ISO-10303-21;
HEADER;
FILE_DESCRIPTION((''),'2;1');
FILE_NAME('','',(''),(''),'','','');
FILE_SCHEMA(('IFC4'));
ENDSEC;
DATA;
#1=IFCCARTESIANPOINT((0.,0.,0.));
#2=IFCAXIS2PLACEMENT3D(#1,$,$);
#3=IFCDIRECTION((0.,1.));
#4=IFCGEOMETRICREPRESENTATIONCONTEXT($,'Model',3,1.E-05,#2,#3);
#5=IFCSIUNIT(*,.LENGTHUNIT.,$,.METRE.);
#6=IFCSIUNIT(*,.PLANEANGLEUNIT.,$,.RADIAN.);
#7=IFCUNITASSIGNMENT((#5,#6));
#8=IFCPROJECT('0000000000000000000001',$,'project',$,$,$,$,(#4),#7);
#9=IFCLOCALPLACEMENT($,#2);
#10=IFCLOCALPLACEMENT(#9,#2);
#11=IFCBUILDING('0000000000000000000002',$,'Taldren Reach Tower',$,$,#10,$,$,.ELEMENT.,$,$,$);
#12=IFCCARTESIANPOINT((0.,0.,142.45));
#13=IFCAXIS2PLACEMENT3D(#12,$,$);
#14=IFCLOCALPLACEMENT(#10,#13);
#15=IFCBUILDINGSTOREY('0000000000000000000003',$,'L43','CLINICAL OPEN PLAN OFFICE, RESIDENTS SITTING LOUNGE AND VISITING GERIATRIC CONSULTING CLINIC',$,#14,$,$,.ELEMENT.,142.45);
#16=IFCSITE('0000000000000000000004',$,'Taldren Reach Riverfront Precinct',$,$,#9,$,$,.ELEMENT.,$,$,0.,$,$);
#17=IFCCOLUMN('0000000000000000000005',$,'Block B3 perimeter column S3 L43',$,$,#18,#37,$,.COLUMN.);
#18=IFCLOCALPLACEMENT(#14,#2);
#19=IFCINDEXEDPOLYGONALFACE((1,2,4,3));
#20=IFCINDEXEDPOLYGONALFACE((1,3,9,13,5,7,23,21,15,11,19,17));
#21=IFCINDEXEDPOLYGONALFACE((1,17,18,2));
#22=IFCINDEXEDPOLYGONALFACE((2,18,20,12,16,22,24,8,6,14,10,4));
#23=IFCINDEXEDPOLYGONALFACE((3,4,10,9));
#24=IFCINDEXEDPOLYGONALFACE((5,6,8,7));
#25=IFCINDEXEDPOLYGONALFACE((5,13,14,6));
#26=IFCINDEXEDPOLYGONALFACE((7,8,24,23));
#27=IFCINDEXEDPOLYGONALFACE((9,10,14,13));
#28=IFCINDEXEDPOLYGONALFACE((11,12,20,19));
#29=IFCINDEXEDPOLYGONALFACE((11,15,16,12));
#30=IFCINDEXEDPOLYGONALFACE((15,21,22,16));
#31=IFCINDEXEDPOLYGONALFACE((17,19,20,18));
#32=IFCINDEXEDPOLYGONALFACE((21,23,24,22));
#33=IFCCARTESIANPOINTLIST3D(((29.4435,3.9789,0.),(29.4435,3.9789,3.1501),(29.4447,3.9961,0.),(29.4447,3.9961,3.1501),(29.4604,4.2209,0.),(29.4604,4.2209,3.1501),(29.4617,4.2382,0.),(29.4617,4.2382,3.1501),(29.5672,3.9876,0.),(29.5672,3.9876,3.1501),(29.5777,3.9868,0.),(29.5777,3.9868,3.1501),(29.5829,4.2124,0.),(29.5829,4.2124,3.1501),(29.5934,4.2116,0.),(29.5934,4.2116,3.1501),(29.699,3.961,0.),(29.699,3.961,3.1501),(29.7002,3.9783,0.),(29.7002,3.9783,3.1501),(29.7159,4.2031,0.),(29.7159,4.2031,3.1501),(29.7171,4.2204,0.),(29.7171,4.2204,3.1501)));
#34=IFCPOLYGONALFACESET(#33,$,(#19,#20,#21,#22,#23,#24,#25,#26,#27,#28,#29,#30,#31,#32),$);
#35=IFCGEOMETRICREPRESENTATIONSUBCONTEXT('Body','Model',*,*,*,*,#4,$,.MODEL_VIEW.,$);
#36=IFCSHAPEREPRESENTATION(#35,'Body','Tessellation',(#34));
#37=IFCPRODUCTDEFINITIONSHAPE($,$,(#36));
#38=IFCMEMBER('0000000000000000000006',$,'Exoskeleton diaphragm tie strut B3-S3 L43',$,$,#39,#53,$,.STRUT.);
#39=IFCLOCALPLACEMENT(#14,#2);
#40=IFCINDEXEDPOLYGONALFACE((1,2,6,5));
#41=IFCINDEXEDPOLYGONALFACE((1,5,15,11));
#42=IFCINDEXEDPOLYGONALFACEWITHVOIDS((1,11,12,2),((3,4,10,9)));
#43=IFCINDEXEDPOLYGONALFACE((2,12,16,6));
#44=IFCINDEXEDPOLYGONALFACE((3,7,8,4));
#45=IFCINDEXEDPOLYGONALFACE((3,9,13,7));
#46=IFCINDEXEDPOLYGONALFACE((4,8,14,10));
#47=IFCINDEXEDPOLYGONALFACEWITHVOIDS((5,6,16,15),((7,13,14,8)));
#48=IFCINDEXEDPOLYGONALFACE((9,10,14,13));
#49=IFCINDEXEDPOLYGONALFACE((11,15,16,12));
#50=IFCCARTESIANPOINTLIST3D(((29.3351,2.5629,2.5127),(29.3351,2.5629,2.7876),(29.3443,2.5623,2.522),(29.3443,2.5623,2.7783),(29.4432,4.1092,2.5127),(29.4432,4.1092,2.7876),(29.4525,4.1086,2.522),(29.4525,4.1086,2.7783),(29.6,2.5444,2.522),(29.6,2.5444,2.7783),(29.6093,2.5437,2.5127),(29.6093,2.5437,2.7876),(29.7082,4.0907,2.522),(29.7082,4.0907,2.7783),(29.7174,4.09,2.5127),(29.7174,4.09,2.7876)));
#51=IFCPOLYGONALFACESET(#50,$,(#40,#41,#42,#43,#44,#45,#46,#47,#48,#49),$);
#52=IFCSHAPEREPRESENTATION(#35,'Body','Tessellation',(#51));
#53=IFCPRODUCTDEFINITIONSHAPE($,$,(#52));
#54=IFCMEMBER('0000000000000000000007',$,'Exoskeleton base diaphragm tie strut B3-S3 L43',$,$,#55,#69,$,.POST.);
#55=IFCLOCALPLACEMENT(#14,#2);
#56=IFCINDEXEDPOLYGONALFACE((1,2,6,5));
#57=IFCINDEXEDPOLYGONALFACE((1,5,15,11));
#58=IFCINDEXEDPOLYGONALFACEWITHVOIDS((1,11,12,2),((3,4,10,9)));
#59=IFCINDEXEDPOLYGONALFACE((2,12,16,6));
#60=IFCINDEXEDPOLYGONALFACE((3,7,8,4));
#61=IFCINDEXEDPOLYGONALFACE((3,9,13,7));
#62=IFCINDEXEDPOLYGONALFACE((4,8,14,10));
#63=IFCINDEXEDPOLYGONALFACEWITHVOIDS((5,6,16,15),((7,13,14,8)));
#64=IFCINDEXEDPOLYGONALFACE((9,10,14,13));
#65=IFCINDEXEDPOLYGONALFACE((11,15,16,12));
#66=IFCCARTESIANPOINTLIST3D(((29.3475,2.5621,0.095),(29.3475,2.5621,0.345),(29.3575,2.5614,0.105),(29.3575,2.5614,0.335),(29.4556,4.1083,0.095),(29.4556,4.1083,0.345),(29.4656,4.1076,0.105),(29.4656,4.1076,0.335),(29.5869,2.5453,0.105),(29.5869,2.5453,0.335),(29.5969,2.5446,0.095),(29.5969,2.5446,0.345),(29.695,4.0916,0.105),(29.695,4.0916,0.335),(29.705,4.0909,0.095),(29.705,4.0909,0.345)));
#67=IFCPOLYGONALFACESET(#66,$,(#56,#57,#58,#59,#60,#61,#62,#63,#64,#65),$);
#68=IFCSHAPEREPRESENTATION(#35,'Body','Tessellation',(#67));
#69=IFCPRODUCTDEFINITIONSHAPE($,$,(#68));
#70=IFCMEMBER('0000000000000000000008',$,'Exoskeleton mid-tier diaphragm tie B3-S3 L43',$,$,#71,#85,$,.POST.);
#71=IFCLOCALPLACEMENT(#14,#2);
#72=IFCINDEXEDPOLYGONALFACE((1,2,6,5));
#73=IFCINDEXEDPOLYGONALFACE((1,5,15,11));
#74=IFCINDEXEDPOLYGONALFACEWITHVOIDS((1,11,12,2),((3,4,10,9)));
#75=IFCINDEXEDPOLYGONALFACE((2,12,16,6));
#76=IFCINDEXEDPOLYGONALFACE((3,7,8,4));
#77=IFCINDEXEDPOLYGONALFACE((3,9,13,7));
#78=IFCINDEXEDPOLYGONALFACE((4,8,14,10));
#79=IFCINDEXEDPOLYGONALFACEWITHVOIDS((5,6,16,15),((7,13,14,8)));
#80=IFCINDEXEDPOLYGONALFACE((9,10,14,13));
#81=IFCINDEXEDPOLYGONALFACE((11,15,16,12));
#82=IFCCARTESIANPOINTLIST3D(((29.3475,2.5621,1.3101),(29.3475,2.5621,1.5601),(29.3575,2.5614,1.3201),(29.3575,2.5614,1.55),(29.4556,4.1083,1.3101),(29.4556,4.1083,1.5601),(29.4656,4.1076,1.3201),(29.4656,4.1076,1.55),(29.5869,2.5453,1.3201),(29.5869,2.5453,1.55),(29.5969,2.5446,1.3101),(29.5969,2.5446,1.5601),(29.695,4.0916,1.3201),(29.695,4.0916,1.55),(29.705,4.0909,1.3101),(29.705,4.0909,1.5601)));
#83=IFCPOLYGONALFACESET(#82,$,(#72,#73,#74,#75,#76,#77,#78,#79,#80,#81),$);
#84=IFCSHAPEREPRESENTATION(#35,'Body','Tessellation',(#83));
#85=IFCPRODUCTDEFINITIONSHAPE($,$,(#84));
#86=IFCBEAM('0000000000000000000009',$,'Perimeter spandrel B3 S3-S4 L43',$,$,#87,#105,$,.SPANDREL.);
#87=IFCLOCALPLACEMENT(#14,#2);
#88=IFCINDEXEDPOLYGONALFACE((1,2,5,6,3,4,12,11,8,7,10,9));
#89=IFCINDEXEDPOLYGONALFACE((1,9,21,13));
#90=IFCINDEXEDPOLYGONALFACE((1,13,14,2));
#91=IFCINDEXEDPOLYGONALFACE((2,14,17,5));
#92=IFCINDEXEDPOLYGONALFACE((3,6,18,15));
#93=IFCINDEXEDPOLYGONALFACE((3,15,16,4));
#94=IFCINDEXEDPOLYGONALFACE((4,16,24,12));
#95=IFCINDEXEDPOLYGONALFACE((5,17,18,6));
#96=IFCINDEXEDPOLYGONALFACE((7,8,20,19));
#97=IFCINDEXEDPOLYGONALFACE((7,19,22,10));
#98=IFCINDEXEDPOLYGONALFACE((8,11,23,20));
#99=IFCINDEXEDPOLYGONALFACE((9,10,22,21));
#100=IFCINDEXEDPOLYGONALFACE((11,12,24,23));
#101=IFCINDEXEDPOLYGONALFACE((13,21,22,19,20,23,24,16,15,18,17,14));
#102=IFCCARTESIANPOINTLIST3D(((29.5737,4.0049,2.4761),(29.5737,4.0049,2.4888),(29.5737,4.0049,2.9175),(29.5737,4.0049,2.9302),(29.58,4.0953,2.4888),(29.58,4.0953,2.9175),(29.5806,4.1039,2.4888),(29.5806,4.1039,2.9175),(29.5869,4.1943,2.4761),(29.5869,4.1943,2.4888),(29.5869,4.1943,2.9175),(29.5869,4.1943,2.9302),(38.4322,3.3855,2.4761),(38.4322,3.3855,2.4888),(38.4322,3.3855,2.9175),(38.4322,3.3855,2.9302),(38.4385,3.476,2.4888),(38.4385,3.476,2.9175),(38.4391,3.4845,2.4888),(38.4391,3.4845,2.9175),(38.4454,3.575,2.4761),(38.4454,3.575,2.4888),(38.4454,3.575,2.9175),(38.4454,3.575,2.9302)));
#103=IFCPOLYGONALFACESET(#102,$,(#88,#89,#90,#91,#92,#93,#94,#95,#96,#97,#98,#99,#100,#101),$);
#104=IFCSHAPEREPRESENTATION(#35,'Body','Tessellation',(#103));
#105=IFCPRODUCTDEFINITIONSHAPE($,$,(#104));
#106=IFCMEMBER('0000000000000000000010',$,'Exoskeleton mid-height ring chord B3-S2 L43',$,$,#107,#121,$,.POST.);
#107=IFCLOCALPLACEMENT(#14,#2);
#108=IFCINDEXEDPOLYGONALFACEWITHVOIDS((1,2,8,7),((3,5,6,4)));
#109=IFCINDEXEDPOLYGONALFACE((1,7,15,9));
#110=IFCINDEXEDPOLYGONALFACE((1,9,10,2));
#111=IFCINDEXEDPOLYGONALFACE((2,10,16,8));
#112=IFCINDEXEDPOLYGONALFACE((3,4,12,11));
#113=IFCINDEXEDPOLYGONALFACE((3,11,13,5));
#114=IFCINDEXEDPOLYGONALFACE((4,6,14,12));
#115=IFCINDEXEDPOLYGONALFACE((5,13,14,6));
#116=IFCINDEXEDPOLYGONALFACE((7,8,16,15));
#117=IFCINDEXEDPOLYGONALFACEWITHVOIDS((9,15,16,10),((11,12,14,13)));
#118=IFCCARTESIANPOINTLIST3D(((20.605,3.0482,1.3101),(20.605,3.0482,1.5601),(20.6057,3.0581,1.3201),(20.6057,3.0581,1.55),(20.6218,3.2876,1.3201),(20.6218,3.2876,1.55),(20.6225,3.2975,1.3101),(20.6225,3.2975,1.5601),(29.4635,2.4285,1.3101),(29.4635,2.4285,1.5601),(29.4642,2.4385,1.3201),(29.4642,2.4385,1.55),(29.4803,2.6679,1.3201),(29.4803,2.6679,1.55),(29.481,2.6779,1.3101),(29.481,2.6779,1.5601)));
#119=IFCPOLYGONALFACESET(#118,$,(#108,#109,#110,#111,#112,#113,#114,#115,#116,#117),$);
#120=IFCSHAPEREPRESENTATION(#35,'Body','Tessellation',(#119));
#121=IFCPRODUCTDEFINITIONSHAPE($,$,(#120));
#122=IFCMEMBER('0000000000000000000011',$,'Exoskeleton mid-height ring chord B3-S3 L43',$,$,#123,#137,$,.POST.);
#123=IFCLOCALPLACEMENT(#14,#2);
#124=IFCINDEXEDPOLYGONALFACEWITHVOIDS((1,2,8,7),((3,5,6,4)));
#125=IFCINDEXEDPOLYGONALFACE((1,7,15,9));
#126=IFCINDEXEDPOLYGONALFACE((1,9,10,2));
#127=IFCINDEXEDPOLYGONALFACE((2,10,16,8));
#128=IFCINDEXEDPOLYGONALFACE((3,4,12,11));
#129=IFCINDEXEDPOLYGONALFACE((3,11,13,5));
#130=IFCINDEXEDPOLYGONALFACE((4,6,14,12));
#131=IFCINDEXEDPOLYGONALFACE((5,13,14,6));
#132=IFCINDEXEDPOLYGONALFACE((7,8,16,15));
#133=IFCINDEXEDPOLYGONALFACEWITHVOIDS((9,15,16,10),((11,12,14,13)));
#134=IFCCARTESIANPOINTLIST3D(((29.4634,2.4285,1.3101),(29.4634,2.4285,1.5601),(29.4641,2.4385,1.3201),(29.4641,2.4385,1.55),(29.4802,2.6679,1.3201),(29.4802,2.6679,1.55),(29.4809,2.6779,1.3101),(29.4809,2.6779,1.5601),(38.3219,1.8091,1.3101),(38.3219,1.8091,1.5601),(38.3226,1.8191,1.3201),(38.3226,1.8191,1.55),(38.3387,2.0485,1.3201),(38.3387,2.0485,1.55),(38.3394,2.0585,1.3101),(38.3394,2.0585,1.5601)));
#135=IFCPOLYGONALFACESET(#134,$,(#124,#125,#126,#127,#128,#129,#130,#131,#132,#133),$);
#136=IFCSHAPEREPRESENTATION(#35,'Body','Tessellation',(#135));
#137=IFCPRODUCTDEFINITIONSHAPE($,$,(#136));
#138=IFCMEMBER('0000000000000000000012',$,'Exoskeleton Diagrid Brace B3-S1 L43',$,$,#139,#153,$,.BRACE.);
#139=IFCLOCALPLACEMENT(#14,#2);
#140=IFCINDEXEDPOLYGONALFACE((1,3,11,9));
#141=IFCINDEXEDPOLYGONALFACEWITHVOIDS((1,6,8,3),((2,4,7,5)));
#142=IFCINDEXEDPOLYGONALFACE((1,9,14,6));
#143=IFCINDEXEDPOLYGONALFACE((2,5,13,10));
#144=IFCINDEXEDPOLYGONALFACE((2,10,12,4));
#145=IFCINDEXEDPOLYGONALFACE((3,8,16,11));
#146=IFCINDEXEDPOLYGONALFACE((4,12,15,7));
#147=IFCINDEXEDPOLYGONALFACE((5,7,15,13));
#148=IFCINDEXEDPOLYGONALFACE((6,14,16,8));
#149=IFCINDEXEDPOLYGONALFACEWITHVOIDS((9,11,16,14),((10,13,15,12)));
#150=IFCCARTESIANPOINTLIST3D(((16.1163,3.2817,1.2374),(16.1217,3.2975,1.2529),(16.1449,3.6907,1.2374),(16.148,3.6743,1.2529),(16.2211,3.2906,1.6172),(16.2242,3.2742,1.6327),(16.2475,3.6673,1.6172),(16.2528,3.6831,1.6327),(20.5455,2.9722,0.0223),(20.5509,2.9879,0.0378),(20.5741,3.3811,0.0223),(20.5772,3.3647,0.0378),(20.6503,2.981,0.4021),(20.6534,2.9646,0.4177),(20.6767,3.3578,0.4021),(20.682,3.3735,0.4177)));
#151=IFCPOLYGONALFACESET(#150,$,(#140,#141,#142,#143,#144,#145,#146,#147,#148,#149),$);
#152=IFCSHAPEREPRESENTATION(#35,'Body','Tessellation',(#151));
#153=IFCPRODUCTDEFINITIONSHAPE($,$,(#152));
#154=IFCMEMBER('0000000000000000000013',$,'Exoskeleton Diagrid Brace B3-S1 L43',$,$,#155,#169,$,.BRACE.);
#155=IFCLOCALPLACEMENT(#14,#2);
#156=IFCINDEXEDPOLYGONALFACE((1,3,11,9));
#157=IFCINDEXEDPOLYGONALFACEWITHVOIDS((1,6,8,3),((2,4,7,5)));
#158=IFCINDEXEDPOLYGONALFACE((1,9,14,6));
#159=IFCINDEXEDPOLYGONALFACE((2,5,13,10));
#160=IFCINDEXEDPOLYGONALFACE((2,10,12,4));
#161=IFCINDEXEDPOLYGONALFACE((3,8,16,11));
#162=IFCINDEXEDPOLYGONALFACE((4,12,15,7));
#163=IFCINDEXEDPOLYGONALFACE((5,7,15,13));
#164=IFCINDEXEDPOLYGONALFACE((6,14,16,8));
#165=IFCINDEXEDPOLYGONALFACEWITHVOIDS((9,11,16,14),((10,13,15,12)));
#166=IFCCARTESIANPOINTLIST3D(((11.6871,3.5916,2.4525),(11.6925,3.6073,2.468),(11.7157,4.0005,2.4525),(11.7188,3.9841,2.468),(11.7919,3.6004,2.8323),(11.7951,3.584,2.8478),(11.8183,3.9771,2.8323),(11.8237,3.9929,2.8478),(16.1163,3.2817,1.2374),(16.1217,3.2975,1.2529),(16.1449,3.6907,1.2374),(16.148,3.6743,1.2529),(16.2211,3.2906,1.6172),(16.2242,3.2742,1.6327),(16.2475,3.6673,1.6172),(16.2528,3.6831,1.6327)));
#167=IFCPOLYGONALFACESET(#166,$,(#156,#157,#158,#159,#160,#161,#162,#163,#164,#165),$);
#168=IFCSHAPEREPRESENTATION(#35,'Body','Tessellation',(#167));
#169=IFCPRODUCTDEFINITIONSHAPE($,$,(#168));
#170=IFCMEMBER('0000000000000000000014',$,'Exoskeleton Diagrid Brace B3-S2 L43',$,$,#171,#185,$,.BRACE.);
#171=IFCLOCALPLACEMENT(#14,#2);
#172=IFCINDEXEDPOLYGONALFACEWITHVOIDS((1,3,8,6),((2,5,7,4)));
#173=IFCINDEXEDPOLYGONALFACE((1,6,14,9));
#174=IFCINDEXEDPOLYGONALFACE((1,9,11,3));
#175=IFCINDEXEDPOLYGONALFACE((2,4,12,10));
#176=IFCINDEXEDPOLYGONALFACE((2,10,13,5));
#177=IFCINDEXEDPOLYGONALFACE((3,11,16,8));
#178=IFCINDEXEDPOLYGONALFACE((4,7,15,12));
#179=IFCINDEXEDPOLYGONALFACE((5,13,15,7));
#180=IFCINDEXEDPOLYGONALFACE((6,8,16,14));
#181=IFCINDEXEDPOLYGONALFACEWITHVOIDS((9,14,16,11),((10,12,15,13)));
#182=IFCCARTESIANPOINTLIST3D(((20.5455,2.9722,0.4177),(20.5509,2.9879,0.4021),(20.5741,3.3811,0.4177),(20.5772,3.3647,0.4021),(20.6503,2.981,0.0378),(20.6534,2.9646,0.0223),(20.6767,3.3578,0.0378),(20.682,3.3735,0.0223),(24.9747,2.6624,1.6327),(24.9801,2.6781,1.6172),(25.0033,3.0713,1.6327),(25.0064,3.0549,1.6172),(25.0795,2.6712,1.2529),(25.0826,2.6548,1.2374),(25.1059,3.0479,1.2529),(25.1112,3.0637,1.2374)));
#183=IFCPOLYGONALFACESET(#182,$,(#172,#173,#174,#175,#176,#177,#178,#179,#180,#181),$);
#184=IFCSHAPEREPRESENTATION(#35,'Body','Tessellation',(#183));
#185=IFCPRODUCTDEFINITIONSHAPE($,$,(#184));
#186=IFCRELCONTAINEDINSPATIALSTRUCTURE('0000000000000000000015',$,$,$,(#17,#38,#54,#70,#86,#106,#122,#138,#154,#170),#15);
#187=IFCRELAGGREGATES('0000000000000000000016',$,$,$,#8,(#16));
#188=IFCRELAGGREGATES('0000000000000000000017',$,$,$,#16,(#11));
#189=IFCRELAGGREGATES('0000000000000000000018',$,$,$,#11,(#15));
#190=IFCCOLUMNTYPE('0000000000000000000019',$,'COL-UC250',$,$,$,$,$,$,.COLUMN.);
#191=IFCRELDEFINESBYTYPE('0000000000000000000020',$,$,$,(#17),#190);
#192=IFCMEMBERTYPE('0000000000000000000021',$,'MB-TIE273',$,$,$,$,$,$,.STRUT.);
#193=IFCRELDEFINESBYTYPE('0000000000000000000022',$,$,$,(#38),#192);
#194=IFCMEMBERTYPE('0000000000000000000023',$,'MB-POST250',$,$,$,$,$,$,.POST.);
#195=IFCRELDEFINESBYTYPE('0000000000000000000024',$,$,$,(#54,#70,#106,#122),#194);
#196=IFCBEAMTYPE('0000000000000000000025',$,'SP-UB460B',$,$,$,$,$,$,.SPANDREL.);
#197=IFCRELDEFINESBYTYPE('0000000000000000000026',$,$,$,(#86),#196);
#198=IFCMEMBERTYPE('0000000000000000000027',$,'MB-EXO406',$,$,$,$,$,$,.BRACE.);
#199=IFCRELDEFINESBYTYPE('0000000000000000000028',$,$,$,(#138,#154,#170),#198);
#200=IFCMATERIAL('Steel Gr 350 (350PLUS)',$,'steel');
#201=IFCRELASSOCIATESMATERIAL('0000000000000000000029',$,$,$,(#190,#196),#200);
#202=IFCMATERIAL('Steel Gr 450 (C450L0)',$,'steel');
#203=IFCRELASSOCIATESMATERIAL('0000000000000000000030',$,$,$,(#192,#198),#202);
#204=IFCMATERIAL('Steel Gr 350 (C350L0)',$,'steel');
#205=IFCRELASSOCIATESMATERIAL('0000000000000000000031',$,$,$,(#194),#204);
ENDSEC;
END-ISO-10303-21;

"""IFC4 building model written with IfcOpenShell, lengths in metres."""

from ifc_helpers import new_model, si_unit, direction, frame, origin, origin_2d, place, context, subcontext, project, spatial, hollow_rectangle, i_section, extrude, source, transform, mapped, material, material_profile, profile_set, type_object, element, save


model = new_model("IFC4")

# Units and contexts
model_context = context("Model", 3, precision=1e-05, world=origin(), true_north=direction((0.0, 1.0)))
body_context = subcontext(model_context, "Body", "Model", "MODEL_VIEW")
ifc_project = project(units=[si_unit("LENGTHUNIT", "METRE"), si_unit("PLANEANGLEUNIT", "RADIAN")], contexts=[model_context])

# Site, building, storey
site_placement = place(None, origin())
site = spatial("IfcSite", under=ifc_project, at=site_placement, Name="Taldren Reach Riverfront Precinct", CompositionType="ELEMENT", RefElevation=0.0)
building_placement = place(site_placement, origin())
building = spatial("IfcBuilding", under=site, at=building_placement, Name="Taldren Reach Tower", CompositionType="ELEMENT")
storey_placement = place(building_placement, frame((0.0, 0.0, 142.45)))
storey = spatial("IfcBuildingStorey", under=building, at=storey_placement, Name="L43", Description="CLINICAL OPEN PLAN OFFICE, RESIDENTS SITTING LOUNGE AND VISITING GERIATRIC CONSULTING CLINIC", CompositionType="ELEMENT", Elevation=142.45)

# Column
ifc_material_1 = material(Name="Steel Gr 350 (350PLUS)", Category="steel")
ifc_material_profile_1 = material_profile(ifc_material_1, i_section(OverallWidth=0.2561, OverallDepth=0.26, WebThickness=0.0105, FlangeThickness=0.0173, at=origin_2d()), Name="250UC89.5")
ifc_profile_set_1 = profile_set([ifc_material_profile_1], Name="Steel Gr 350 (350PLUS)")
column_type = type_object("IfcColumnType", Name="COL-UC250", PredefinedType="COLUMN", material=ifc_profile_set_1)
shared_shape_1 = source(origin(), body_context, "Body", "SweptSolid", [
    extrude(i_section(OverallWidth=0.2561, OverallDepth=0.26, WebThickness=0.0105, FlangeThickness=0.0173, at=origin_2d()), origin(), (0.0, 0.0, 1.0), 3.1501),
])
column_placement = place(storey_placement, frame((29.5803, 4.0996, 0.0), z_axis=(0.0, 0.0, 1.0), x_axis=(0.997564, -0.069756, 0.0)))
element("IfcColumn", 1, at=column_placement, inside=storey, type_object=column_type, Name="Block B3 perimeter column S3 L43", PredefinedType="COLUMN", context=body_context, shape_type="MappedRepresentation", body=[
    mapped(shared_shape_1, transform((0.0, 0.0, 0.0), scale=1.0)),
])

# Members
ifc_material_2 = material(Name="Steel Gr 450 (C450L0)", Category="steel")
ifc_material_profile_2 = material_profile(ifc_material_2, hollow_rectangle(XDim=0.2749, YDim=0.2749, WallThickness=0.0093, at=origin_2d()), Name="275x275x9.3SHS")
ifc_profile_set_2 = profile_set([ifc_material_profile_2], Name="Steel Gr 450 (C450L0)")
member_type_1 = type_object("IfcMemberType", Name="MB-TIE273", PredefinedType="STRUT", material=ifc_profile_set_2)
shared_shape_2 = source(origin(), body_context, "Body", "SweptSolid", [
    extrude(hollow_rectangle(XDim=0.2749, YDim=0.2749, WallThickness=0.0093, at=origin_2d()), origin(), (0.0, 0.0, 1.0), 1.55),
])
member_1_placement = place(storey_placement, frame((29.5803, 4.0996, 2.6501), z_axis=(-0.06977, -0.997563, 0.0), x_axis=(0.997563, -0.06977, 0.0)))
element("IfcMember", 2, at=member_1_placement, inside=storey, type_object=member_type_1, Name="Exoskeleton diaphragm tie strut B3-S3 L43", PredefinedType="STRUT", context=body_context, shape_type="MappedRepresentation", body=[
    mapped(shared_shape_2, transform((0.0, 0.0, 0.0), scale=1.0)),
])
ifc_material_3 = material(Name="Steel Gr 350 (C350L0)", Category="steel")
ifc_material_profile_3 = material_profile(ifc_material_3, hollow_rectangle(XDim=0.25, YDim=0.25, WallThickness=0.01, at=origin_2d()), Name="250x250x10.0SHS")
ifc_profile_set_3 = profile_set([ifc_material_profile_3], Name="Steel Gr 350 (C350L0)")
member_type_2 = type_object("IfcMemberType", Name="MB-POST250", PredefinedType="POST", material=ifc_profile_set_3)
shared_shape_3 = source(origin(), body_context, "Body", "SweptSolid", [
    extrude(hollow_rectangle(XDim=0.25, YDim=0.25, WallThickness=0.01, at=origin_2d()), origin(), (0.0, 0.0, 1.0), 1.55),
])
for number, where, z_axis, x_axis, name in (
    (3, (29.5803, 4.0996, 0.22), (-0.06977, -0.997563, 0.0), (0.997563, -0.06977, 0.0), "Exoskeleton base diaphragm tie strut B3-S3 L43"),
    (4, (29.5803, 4.0996, 1.4351), (-0.06977, -0.997563, 0.0), (0.997563, -0.06977, 0.0), "Exoskeleton mid-tier diaphragm tie B3-S3 L43"),
):
    element("IfcMember", number, at=place(storey_placement, frame(where, z_axis=z_axis, x_axis=x_axis)), inside=storey, type_object=member_type_2, Name=name, PredefinedType="POST", context=body_context, shape_type="MappedRepresentation", body=[
        mapped(shared_shape_3, transform((0.0, 0.0, 0.0), scale=1.0)),
    ])

# Beam
ifc_material_profile_4 = material_profile(ifc_material_1, i_section(OverallWidth=0.1899, OverallDepth=0.4541, WebThickness=0.0085, FlangeThickness=0.0127, at=origin_2d()), Name="460UB67.1")
ifc_profile_set_4 = profile_set([ifc_material_profile_4], Name="Steel Gr 350 (350PLUS)")
beam_type = type_object("IfcBeamType", Name="SP-UB460B", PredefinedType="SPANDREL", material=ifc_profile_set_4)
shared_shape_4 = source(origin(), body_context, "Body", "SweptSolid", [
    extrude(i_section(OverallWidth=0.1899, OverallDepth=0.4541, WebThickness=0.0085, FlangeThickness=0.0127, at=origin_2d()), origin(), (0.0, 0.0, 1.0), 8.8801),
])
beam_placement = place(storey_placement, frame((29.5803, 4.0996, 2.7031), z_axis=(0.997564, -0.06975, 0.0), x_axis=(0.06975, 0.997564, 0.0)))
element("IfcBeam", 5, at=beam_placement, inside=storey, type_object=beam_type, Name="Perimeter spandrel B3 S3-S4 L43", PredefinedType="SPANDREL", context=body_context, shape_type="MappedRepresentation", body=[
    mapped(shared_shape_4, transform((0.0, 0.0, 0.0), scale=1.0)),
])

# Members
shared_shape_5 = source(origin(), body_context, "Body", "SweptSolid", [
    extrude(hollow_rectangle(XDim=0.25, YDim=0.25, WallThickness=0.01, at=origin_2d()), origin(), (0.0, 0.0, 1.0), 8.8801),
])
for number, where, z_axis, x_axis, name in (
    (6, (20.6138, 3.1729, 1.4351), (0.997563, -0.069778, 0.0), (0.069778, 0.997563, 0.0), "Exoskeleton mid-height ring chord B3-S2 L43"),
    (7, (29.4722, 2.5532, 1.4351), (0.997564, -0.06975, 0.0), (0.06975, 0.997564, 0.0), "Exoskeleton mid-height ring chord B3-S3 L43"),
):
    element("IfcMember", number, at=place(storey_placement, frame(where, z_axis=z_axis, x_axis=x_axis)), inside=storey, type_object=member_type_2, Name=name, PredefinedType="POST", context=body_context, shape_type="MappedRepresentation", body=[
        mapped(shared_shape_5, transform((0.0, 0.0, 0.0), scale=1.0)),
    ])
ifc_material_profile_5 = material_profile(ifc_material_2, hollow_rectangle(XDim=0.4099, YDim=0.4099, WallThickness=0.0161, at=origin_2d()), Name="410x410x16.0SHS")
ifc_profile_set_5 = profile_set([ifc_material_profile_5], Name="Steel Gr 450 (C450L0)")
member_type_3 = type_object("IfcMemberType", Name="MB-EXO406", PredefinedType="BRACE", material=ifc_profile_set_5)
shared_shape_6 = source(origin(), body_context, "Body", "SweptSolid", [
    extrude(hollow_rectangle(XDim=0.4099, YDim=0.4099, WallThickness=0.0161, at=origin_2d()), origin(), (0.0, 0.0, 1.0), 4.6033),
])
for number, where, z_axis, x_axis, name in (
    (8, (20.6138, 3.1729, 0.22), (-0.962186, 0.06725, 0.263962), (-0.069723, -0.997566, 0.0), "Exoskeleton Diagrid Brace B3-S1 L43"),
    (9, (16.1846, 3.4824, 1.4351), (-0.962182, 0.067303, 0.263961), (-0.069778, -0.997563, 0.0), "Exoskeleton Diagrid Brace B3-S1 L43"),
    (10, (20.6138, 3.1729, 0.22), (0.962182, -0.067303, 0.263961), (0.069778, 0.997563, 0.0), "Exoskeleton Diagrid Brace B3-S2 L43"),
):
    element("IfcMember", number, at=place(storey_placement, frame(where, z_axis=z_axis, x_axis=x_axis)), inside=storey, type_object=member_type_3, Name=name, PredefinedType="BRACE", context=body_context, shape_type="MappedRepresentation", body=[
        mapped(shared_shape_6, transform((0.0, 0.0, 0.0), scale=1.0)),
    ])

save(model, "model.ifc")
